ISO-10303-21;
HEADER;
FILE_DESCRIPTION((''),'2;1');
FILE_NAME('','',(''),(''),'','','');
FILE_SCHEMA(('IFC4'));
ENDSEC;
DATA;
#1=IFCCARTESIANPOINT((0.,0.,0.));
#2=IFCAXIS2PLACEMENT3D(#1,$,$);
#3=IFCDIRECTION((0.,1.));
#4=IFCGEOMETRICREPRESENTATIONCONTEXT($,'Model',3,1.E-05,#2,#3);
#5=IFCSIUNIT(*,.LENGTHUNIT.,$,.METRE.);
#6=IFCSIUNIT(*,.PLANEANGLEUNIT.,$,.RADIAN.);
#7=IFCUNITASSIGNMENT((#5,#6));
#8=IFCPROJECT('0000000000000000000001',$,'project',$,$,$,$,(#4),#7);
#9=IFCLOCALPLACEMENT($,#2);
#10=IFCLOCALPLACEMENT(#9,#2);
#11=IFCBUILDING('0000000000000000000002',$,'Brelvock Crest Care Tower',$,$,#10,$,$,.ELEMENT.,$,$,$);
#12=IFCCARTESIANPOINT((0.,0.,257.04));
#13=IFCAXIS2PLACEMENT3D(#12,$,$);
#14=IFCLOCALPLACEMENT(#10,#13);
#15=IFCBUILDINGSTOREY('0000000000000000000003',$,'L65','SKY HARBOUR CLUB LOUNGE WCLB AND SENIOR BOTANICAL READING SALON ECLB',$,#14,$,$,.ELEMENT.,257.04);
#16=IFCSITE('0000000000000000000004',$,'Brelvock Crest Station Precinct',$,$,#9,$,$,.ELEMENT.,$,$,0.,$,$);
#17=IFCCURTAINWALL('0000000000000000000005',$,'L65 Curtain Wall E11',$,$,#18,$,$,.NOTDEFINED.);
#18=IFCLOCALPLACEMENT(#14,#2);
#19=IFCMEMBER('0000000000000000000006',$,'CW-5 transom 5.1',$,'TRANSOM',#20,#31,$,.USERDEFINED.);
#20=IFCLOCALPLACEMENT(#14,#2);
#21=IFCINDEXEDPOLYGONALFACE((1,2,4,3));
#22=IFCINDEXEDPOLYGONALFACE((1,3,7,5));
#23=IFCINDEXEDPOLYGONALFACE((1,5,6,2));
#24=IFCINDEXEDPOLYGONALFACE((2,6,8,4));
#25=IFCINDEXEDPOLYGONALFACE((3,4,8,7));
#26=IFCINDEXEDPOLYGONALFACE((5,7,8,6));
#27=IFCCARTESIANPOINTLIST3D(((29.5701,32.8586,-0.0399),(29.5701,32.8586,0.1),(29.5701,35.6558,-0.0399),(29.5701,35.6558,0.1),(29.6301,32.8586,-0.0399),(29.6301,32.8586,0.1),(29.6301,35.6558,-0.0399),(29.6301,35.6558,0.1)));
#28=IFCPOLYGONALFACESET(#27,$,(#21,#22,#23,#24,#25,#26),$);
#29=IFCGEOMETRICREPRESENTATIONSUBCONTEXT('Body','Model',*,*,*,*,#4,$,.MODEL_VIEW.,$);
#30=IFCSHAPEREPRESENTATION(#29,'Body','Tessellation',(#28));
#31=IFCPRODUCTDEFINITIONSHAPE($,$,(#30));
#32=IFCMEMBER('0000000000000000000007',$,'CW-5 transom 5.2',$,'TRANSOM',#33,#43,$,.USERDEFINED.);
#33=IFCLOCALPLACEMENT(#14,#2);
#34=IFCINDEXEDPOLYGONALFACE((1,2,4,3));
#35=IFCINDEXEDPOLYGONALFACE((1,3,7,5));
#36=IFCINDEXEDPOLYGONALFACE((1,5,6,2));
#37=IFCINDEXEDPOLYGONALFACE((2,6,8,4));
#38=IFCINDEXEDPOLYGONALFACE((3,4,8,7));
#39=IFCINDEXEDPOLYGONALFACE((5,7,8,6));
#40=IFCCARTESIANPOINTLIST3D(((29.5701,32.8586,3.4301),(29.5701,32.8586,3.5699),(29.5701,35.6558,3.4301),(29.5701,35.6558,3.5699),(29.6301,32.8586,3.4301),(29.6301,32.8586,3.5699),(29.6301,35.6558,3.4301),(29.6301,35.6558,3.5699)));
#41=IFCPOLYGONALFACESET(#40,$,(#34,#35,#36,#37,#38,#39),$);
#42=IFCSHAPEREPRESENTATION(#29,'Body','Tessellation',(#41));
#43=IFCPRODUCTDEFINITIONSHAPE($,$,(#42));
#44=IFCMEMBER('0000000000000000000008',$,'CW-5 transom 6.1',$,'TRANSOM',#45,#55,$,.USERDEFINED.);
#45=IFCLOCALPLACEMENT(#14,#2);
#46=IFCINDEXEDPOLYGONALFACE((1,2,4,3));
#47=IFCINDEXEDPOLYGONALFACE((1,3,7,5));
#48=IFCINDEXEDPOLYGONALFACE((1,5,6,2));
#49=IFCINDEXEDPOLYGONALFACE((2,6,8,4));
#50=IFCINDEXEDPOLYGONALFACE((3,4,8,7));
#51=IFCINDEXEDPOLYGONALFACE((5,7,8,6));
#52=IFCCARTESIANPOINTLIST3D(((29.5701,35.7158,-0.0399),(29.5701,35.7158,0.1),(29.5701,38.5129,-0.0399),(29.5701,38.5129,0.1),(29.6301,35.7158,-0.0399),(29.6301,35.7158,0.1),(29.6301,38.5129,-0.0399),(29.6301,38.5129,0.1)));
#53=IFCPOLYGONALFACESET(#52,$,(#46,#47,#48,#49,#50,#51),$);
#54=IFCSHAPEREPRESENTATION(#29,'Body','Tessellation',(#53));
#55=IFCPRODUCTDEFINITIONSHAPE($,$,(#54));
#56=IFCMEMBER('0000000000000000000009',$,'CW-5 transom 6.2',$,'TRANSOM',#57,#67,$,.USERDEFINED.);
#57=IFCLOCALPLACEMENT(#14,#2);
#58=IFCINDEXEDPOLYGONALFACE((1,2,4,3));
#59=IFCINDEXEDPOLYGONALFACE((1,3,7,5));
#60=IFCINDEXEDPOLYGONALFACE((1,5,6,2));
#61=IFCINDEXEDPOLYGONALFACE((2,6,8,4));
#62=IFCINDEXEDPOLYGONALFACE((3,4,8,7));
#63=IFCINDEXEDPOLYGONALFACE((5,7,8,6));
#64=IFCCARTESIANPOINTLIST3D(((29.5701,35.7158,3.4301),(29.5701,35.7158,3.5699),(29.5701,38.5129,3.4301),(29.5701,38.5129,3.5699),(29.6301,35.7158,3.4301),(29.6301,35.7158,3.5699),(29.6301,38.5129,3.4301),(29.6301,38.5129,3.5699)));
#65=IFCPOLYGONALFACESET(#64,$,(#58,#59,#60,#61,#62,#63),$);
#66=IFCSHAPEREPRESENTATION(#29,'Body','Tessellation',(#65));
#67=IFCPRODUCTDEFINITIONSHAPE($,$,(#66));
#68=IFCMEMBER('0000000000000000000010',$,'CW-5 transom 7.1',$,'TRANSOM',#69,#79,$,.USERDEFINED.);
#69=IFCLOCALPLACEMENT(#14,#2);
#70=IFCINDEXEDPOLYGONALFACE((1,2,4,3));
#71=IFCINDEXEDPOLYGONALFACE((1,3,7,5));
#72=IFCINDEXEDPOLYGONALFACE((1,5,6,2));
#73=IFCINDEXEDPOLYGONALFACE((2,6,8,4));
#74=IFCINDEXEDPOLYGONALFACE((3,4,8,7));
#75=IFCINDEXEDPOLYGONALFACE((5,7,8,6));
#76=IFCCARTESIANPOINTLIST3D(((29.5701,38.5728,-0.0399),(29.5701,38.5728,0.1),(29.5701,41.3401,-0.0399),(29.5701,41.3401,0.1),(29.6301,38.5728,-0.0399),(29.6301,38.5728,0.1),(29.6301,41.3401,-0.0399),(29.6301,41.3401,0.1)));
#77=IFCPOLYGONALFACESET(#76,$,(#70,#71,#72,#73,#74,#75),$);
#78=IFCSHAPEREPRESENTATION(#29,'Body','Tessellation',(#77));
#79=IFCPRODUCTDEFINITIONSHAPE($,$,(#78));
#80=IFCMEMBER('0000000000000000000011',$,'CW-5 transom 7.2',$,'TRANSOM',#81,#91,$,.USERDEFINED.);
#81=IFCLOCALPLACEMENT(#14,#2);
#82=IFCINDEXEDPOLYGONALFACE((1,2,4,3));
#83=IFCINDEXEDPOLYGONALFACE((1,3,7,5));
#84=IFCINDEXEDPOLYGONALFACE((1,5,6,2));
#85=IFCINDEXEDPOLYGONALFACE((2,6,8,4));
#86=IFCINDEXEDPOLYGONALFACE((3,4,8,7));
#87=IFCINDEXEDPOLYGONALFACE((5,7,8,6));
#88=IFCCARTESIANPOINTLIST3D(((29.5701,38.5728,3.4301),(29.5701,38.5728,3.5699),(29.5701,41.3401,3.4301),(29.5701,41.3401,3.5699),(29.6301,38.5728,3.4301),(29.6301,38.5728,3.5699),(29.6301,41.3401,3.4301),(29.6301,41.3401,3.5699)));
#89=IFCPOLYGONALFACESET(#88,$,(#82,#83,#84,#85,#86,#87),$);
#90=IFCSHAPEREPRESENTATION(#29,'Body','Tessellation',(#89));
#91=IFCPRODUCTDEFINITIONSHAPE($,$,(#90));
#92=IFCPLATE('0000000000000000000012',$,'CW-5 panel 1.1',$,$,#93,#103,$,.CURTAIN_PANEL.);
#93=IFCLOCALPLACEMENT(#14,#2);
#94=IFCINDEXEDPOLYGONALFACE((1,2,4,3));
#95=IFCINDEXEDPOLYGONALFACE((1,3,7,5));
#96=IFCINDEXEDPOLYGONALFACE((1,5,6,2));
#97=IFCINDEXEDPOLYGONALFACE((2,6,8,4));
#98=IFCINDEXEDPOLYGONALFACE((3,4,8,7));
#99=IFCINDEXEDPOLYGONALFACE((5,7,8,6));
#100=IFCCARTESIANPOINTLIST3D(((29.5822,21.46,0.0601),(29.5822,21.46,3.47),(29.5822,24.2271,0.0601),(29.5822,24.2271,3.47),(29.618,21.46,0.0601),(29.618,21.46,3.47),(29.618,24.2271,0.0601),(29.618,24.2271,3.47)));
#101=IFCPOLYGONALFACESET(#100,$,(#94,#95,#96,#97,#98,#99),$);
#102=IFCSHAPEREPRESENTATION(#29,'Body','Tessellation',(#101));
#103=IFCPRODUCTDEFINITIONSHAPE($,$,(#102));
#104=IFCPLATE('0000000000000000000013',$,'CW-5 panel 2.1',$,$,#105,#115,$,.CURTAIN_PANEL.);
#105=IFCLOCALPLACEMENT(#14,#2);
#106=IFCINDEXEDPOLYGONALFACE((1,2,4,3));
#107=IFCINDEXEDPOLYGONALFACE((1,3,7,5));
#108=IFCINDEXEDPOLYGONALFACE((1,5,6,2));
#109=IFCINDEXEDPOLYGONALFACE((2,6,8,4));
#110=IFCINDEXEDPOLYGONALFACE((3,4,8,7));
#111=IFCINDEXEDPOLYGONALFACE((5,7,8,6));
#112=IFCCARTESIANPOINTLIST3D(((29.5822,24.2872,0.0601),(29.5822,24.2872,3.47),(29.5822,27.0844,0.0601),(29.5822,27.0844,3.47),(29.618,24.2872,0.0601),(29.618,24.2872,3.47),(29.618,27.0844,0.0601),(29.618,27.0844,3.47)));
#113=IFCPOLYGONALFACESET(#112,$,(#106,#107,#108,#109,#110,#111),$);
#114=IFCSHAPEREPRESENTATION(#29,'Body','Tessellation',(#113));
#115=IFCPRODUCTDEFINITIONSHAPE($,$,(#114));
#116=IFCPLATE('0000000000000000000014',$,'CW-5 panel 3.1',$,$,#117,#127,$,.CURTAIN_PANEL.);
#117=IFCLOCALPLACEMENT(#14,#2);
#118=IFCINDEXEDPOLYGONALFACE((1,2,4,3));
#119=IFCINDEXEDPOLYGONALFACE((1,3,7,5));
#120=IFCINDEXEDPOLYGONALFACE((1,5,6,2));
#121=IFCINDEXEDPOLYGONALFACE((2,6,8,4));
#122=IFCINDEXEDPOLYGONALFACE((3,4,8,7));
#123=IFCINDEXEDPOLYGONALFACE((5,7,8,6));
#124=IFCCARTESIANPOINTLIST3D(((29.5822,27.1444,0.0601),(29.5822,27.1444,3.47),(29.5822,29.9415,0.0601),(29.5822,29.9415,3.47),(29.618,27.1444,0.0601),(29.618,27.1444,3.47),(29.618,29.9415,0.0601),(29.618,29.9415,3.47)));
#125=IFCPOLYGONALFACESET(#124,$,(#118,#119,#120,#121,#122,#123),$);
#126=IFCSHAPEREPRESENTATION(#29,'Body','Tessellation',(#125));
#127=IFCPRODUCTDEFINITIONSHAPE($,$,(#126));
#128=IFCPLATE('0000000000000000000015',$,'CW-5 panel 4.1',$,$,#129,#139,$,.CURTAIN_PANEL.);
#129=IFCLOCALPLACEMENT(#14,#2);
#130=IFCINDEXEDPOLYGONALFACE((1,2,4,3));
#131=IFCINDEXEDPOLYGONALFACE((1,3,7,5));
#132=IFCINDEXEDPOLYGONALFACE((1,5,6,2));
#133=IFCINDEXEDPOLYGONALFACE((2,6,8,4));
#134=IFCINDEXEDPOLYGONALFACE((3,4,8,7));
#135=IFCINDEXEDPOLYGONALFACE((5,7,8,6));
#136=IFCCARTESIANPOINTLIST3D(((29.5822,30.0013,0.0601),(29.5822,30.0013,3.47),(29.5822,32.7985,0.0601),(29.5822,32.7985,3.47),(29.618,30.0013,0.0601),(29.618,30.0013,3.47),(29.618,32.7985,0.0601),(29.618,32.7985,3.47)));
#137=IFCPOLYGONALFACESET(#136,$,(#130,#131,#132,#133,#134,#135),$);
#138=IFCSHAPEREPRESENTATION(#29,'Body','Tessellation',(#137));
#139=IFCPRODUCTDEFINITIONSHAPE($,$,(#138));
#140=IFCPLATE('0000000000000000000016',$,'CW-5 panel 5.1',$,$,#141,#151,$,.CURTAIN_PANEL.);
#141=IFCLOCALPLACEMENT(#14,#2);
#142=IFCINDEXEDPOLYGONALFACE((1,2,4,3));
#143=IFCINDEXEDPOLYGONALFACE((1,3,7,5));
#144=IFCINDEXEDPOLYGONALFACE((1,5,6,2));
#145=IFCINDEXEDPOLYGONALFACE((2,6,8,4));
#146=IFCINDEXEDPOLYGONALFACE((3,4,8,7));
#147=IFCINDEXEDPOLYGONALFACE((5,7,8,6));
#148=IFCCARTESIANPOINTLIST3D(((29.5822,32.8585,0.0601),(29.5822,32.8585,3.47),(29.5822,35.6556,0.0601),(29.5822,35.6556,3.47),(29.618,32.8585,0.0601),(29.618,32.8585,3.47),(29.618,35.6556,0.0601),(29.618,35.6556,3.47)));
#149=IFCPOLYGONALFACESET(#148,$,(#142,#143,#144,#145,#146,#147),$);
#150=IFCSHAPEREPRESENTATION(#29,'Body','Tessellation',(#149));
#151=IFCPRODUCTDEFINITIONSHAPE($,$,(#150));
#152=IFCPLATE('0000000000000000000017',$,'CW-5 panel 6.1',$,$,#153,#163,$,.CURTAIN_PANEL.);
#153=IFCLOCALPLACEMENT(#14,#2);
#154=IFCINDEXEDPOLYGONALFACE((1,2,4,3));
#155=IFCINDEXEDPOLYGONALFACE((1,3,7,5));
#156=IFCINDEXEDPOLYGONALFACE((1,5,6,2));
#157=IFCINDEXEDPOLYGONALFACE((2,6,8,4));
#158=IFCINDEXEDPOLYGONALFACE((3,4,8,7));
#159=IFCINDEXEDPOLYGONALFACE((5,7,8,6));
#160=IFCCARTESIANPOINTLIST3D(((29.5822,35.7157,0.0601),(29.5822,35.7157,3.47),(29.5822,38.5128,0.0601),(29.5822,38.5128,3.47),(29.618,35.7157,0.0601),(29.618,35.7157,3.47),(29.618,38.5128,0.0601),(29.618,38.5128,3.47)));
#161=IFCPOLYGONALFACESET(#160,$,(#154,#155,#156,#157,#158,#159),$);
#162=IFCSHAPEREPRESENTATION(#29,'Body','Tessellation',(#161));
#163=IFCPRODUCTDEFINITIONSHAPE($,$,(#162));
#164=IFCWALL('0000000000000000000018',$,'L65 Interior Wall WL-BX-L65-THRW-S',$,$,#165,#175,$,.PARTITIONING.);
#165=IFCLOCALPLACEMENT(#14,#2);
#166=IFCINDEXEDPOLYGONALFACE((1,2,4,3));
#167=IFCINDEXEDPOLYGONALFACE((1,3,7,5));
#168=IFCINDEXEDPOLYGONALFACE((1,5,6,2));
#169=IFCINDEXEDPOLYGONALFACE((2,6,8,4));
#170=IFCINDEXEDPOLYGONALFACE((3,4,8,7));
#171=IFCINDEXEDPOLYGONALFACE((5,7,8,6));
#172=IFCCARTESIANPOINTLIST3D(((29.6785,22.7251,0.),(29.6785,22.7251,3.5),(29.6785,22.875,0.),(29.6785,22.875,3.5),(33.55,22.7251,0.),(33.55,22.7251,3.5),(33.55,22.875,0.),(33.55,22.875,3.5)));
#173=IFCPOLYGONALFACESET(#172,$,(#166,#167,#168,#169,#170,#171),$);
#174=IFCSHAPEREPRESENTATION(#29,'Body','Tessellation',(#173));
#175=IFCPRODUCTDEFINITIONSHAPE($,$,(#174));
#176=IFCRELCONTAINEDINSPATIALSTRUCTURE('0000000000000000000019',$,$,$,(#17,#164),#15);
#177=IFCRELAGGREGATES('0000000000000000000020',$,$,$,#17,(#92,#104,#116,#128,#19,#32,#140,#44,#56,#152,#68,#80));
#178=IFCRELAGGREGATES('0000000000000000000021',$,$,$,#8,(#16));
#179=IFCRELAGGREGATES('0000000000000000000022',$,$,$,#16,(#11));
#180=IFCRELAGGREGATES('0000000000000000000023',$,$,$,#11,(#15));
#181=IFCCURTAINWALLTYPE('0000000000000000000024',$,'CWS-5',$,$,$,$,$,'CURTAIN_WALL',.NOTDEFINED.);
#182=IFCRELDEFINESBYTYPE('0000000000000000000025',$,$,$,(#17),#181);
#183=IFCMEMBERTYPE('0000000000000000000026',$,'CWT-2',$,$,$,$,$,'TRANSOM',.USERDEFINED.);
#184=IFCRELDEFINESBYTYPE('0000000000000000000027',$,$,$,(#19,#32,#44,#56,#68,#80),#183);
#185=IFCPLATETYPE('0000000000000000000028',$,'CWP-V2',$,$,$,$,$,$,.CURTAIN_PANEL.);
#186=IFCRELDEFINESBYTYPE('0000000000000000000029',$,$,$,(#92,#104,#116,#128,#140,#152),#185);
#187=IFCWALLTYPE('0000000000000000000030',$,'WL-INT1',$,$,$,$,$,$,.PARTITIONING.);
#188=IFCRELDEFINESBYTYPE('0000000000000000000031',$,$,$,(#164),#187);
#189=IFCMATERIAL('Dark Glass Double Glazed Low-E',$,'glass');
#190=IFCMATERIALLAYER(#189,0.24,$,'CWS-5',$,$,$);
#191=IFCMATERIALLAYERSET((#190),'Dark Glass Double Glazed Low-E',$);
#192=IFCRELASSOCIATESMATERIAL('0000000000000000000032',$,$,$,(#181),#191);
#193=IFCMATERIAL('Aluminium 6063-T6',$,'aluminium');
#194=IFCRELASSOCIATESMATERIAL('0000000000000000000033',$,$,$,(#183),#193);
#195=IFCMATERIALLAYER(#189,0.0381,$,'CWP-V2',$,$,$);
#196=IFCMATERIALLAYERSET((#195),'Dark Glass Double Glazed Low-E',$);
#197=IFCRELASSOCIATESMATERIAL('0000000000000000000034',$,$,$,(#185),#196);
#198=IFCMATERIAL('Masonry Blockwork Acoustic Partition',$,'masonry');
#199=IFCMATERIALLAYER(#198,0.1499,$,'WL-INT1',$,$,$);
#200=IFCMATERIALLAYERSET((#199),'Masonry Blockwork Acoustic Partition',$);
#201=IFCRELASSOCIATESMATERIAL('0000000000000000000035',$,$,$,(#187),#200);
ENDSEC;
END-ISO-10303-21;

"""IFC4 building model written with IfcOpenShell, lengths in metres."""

from ifc_helpers import new_model, si_unit, direction, frame, frame_2d, origin, origin_2d, place, context, subcontext, project, spatial, rectangle, extrude, source, transform, mapped, material, layer, layer_set, material_profile, profile_set, type_object, element, aggregate, save


model = new_model("IFC4")

# Units and contexts
model_context = context("Model", 3, precision=1e-05, world=origin(), true_north=direction((0.0, 1.0)))
body_context = subcontext(model_context, "Body", "Model", "MODEL_VIEW")
ifc_project = project(units=[si_unit("LENGTHUNIT", "METRE"), si_unit("PLANEANGLEUNIT", "RADIAN")], contexts=[model_context])

# Site, building, storey
site_placement = place(None, origin())
site = spatial("IfcSite", under=ifc_project, at=site_placement, Name="Brelvock Crest Station Precinct", CompositionType="ELEMENT", RefElevation=0.0)
building_placement = place(site_placement, origin())
building = spatial("IfcBuilding", under=site, at=building_placement, Name="Brelvock Crest Care Tower", CompositionType="ELEMENT")
storey_placement = place(building_placement, frame((0.0, 0.0, 257.04)))
storey = spatial("IfcBuildingStorey", under=building, at=storey_placement, Name="L65", Description="SKY HARBOUR CLUB LOUNGE WCLB AND SENIOR BOTANICAL READING SALON ECLB", CompositionType="ELEMENT", Elevation=257.04)

# Curtain wall, members, plates
ifc_material_1 = material(Name="Dark Glass Double Glazed Low-E", Category="glass")
ifc_layer_1 = layer(ifc_material_1, 0.24, Name="CWS-5")
ifc_layer_set_1 = layer_set([ifc_layer_1], Name="Dark Glass Double Glazed Low-E")
curtain_wall_type = type_object("IfcCurtainWallType", Name="CWS-5", ElementType="CURTAIN_WALL", PredefinedType="NOTDEFINED", material=ifc_layer_set_1)
curtain_wall_placement = place(storey_placement, origin())
curtain_wall = element("IfcCurtainWall", 1, at=curtain_wall_placement, inside=storey, type_object=curtain_wall_type, Name="L65 Curtain Wall E11", PredefinedType="NOTDEFINED")
ifc_material_2 = material(Name="Aluminium 6063-T6", Category="aluminium")
ifc_material_profile_1 = material_profile(ifc_material_2, rectangle(XDim=0.0601, YDim=0.1399, at=origin_2d()), Name="ALU60x140")
ifc_profile_set_1 = profile_set([ifc_material_profile_1], Name="Aluminium 6063-T6")
member_type_1 = type_object("IfcMemberType", Name="CWT-2", ElementType="TRANSOM", PredefinedType="USERDEFINED", material=ifc_profile_set_1)
shared_shape_1 = source(origin(), body_context, "Body", "SweptSolid", [
    extrude(rectangle(XDim=0.0601, YDim=0.1399, at=origin_2d()), origin(), (0.0, 0.0, 1.0), 2.7971),
])
member_1_placement = place(storey_placement, frame((29.6001, 32.8586, 0.03), z_axis=(0.0, 1.0, 0.0), x_axis=(-1.0, 0.0, 0.0)))
member_1 = element("IfcMember", 2, at=member_1_placement, type_object=member_type_1, Name="CW-5 transom 5.1", ObjectType="TRANSOM", PredefinedType="USERDEFINED", context=body_context, shape_type="MappedRepresentation", body=[
    mapped(shared_shape_1, transform((0.0, 0.0, 0.0), x_axis=(1.0, 0.0, 0.0), y_axis=(0.0, 1.0, 0.0), z_axis=(0.0, 0.0, 1.0), scale=1.0)),
])
member_2_placement = place(storey_placement, frame((29.6001, 32.8586, 3.5), z_axis=(0.0, 1.0, 0.0), x_axis=(-1.0, 0.0, 0.0)))
member_2 = element("IfcMember", 3, at=member_2_placement, type_object=member_type_1, Name="CW-5 transom 5.2", ObjectType="TRANSOM", PredefinedType="USERDEFINED", context=body_context, shape_type="MappedRepresentation", body=[
    mapped(shared_shape_1, transform((0.0, 0.0, 0.0), x_axis=(1.0, 0.0, 0.0), y_axis=(0.0, 1.0, 0.0), z_axis=(0.0, 0.0, 1.0), scale=1.0)),
])
member_3_placement = place(storey_placement, frame((29.6001, 35.7158, 0.03), z_axis=(0.0, 1.0, 0.0), x_axis=(-1.0, 0.0, 0.0)))
member_3 = element("IfcMember", 4, at=member_3_placement, type_object=member_type_1, Name="CW-5 transom 6.1", ObjectType="TRANSOM", PredefinedType="USERDEFINED", context=body_context, shape_type="MappedRepresentation", body=[
    mapped(shared_shape_1, transform((0.0, 0.0, 0.0), x_axis=(1.0, 0.0, 0.0), y_axis=(0.0, 1.0, 0.0), z_axis=(0.0, 0.0, 1.0), scale=1.0)),
])
member_4_placement = place(storey_placement, frame((29.6001, 35.7158, 3.5), z_axis=(0.0, 1.0, 0.0), x_axis=(-1.0, 0.0, 0.0)))
member_4 = element("IfcMember", 5, at=member_4_placement, type_object=member_type_1, Name="CW-5 transom 6.2", ObjectType="TRANSOM", PredefinedType="USERDEFINED", context=body_context, shape_type="MappedRepresentation", body=[
    mapped(shared_shape_1, transform((0.0, 0.0, 0.0), x_axis=(1.0, 0.0, 0.0), y_axis=(0.0, 1.0, 0.0), z_axis=(0.0, 0.0, 1.0), scale=1.0)),
])
shared_shape_2 = source(origin(), body_context, "Body", "SweptSolid", [
    extrude(rectangle(XDim=0.0601, YDim=0.1399, at=origin_2d()), origin(), (0.0, 0.0, 1.0), 2.7673),
])
member_5_placement = place(storey_placement, frame((29.6001, 38.5728, 0.03), z_axis=(0.0, 1.0, 0.0), x_axis=(-1.0, 0.0, 0.0)))
member_5 = element("IfcMember", 6, at=member_5_placement, type_object=member_type_1, Name="CW-5 transom 7.1", ObjectType="TRANSOM", PredefinedType="USERDEFINED", context=body_context, shape_type="MappedRepresentation", body=[
    mapped(shared_shape_2, transform((0.0, 0.0, 0.0), x_axis=(1.0, 0.0, 0.0), y_axis=(0.0, 1.0, 0.0), z_axis=(0.0, 0.0, 1.0), scale=1.0)),
])
member_6_placement = place(storey_placement, frame((29.6001, 38.5728, 3.5), z_axis=(0.0, 1.0, 0.0), x_axis=(-1.0, 0.0, 0.0)))
member_6 = element("IfcMember", 7, at=member_6_placement, type_object=member_type_1, Name="CW-5 transom 7.2", ObjectType="TRANSOM", PredefinedType="USERDEFINED", context=body_context, shape_type="MappedRepresentation", body=[
    mapped(shared_shape_2, transform((0.0, 0.0, 0.0), x_axis=(1.0, 0.0, 0.0), y_axis=(0.0, 1.0, 0.0), z_axis=(0.0, 0.0, 1.0), scale=1.0)),
])
ifc_layer_2 = layer(ifc_material_1, 0.0381, Name="CWP-V2")
ifc_layer_set_2 = layer_set([ifc_layer_2], Name="Dark Glass Double Glazed Low-E")
plate_type = type_object("IfcPlateType", Name="CWP-V2", PredefinedType="CURTAIN_PANEL", material=ifc_layer_set_2)
shared_shape_3 = source(origin(), body_context, "Body", "SweptSolid", [
    extrude(rectangle(XDim=2.7671, YDim=0.0359, at=origin_2d()), origin(), (0.0, 0.0, 1.0), 3.4099),
])
plate_1_placement = place(storey_placement, frame((29.6001, 22.8435, 0.0601), z_axis=(0.0, 0.0, 1.0), x_axis=(0.0, 1.0, 0.0)))
plate_1 = element("IfcPlate", 8, at=plate_1_placement, type_object=plate_type, Name="CW-5 panel 1.1", PredefinedType="CURTAIN_PANEL", context=body_context, shape_type="MappedRepresentation", body=[
    mapped(shared_shape_3, transform((0.0, 0.0, 0.0), x_axis=(1.0, 0.0, 0.0), y_axis=(0.0, 1.0, 0.0), z_axis=(0.0, 0.0, 1.0), scale=1.0)),
])
shared_shape_4 = source(origin(), body_context, "Body", "SweptSolid", [
    extrude(rectangle(XDim=2.7971, YDim=0.0359, at=origin_2d()), origin(), (0.0, 0.0, 1.0), 3.4099),
])
plate_2_placement = place(storey_placement, frame((29.6001, 25.6858, 0.0601), z_axis=(0.0, 0.0, 1.0), x_axis=(0.0, 1.0, 0.0)))
plate_2 = element("IfcPlate", 9, at=plate_2_placement, type_object=plate_type, Name="CW-5 panel 2.1", PredefinedType="CURTAIN_PANEL", context=body_context, shape_type="MappedRepresentation", body=[
    mapped(shared_shape_4, transform((0.0, 0.0, 0.0), x_axis=(1.0, 0.0, 0.0), y_axis=(0.0, 1.0, 0.0), z_axis=(0.0, 0.0, 1.0), scale=1.0)),
])
plate_3_placement = place(storey_placement, frame((29.6001, 28.543, 0.0601), z_axis=(0.0, 0.0, 1.0), x_axis=(0.0, 1.0, 0.0)))
plate_3 = element("IfcPlate", 10, at=plate_3_placement, type_object=plate_type, Name="CW-5 panel 3.1", PredefinedType="CURTAIN_PANEL", context=body_context, shape_type="MappedRepresentation", body=[
    mapped(shared_shape_4, transform((0.0, 0.0, 0.0), x_axis=(1.0, 0.0, 0.0), y_axis=(0.0, 1.0, 0.0), z_axis=(0.0, 0.0, 1.0), scale=1.0)),
])
plate_4_placement = place(storey_placement, frame((29.6001, 31.3999, 0.0601), z_axis=(0.0, 0.0, 1.0), x_axis=(0.0, 1.0, 0.0)))
plate_4 = element("IfcPlate", 11, at=plate_4_placement, type_object=plate_type, Name="CW-5 panel 4.1", PredefinedType="CURTAIN_PANEL", context=body_context, shape_type="MappedRepresentation", body=[
    mapped(shared_shape_4, transform((0.0, 0.0, 0.0), x_axis=(1.0, 0.0, 0.0), y_axis=(0.0, 1.0, 0.0), z_axis=(0.0, 0.0, 1.0), scale=1.0)),
])
plate_5_placement = place(storey_placement, frame((29.6001, 34.2571, 0.0601), z_axis=(0.0, 0.0, 1.0), x_axis=(0.0, 1.0, 0.0)))
plate_5 = element("IfcPlate", 12, at=plate_5_placement, type_object=plate_type, Name="CW-5 panel 5.1", PredefinedType="CURTAIN_PANEL", context=body_context, shape_type="MappedRepresentation", body=[
    mapped(shared_shape_4, transform((0.0, 0.0, 0.0), x_axis=(1.0, 0.0, 0.0), y_axis=(0.0, 1.0, 0.0), z_axis=(0.0, 0.0, 1.0), scale=1.0)),
])
plate_6_placement = place(storey_placement, frame((29.6001, 37.1143, 0.0601), z_axis=(0.0, 0.0, 1.0), x_axis=(0.0, 1.0, 0.0)))
plate_6 = element("IfcPlate", 13, at=plate_6_placement, type_object=plate_type, Name="CW-5 panel 6.1", PredefinedType="CURTAIN_PANEL", context=body_context, shape_type="MappedRepresentation", body=[
    mapped(shared_shape_4, transform((0.0, 0.0, 0.0), x_axis=(1.0, 0.0, 0.0), y_axis=(0.0, 1.0, 0.0), z_axis=(0.0, 0.0, 1.0), scale=1.0)),
])
aggregate(curtain_wall, [plate_1, plate_2, plate_3, plate_4, member_1, member_2, plate_5, member_3, member_4, plate_6, member_5, member_6])

# Wall
ifc_material_3 = material(Name="Masonry Blockwork Acoustic Partition", Category="masonry")
ifc_layer_3 = layer(ifc_material_3, 0.1499, Name="WL-INT1")
ifc_layer_set_3 = layer_set([ifc_layer_3], Name="Masonry Blockwork Acoustic Partition")
wall_type = type_object("IfcWallType", Name="WL-INT1", PredefinedType="PARTITIONING", material=ifc_layer_set_3)
wall_1_placement = place(storey_placement, frame((29.6785, 22.8, 0.0), z_axis=(0.0, 0.0, 1.0), x_axis=(1.0, 0.0, 0.0)))
element("IfcWall", 14, at=wall_1_placement, inside=storey, type_object=wall_type, Name="L65 Interior Wall WL-BX-L65-THRW-S", PredefinedType="PARTITIONING", context=body_context, shape_type="SweptSolid", body=[
    extrude(rectangle(XDim=3.8716, YDim=0.1499, at=frame_2d((1.9358, 0.0))), origin(), (0.0, 0.0, 1.0), 3.5),
])

save(model, "model.ifc")
